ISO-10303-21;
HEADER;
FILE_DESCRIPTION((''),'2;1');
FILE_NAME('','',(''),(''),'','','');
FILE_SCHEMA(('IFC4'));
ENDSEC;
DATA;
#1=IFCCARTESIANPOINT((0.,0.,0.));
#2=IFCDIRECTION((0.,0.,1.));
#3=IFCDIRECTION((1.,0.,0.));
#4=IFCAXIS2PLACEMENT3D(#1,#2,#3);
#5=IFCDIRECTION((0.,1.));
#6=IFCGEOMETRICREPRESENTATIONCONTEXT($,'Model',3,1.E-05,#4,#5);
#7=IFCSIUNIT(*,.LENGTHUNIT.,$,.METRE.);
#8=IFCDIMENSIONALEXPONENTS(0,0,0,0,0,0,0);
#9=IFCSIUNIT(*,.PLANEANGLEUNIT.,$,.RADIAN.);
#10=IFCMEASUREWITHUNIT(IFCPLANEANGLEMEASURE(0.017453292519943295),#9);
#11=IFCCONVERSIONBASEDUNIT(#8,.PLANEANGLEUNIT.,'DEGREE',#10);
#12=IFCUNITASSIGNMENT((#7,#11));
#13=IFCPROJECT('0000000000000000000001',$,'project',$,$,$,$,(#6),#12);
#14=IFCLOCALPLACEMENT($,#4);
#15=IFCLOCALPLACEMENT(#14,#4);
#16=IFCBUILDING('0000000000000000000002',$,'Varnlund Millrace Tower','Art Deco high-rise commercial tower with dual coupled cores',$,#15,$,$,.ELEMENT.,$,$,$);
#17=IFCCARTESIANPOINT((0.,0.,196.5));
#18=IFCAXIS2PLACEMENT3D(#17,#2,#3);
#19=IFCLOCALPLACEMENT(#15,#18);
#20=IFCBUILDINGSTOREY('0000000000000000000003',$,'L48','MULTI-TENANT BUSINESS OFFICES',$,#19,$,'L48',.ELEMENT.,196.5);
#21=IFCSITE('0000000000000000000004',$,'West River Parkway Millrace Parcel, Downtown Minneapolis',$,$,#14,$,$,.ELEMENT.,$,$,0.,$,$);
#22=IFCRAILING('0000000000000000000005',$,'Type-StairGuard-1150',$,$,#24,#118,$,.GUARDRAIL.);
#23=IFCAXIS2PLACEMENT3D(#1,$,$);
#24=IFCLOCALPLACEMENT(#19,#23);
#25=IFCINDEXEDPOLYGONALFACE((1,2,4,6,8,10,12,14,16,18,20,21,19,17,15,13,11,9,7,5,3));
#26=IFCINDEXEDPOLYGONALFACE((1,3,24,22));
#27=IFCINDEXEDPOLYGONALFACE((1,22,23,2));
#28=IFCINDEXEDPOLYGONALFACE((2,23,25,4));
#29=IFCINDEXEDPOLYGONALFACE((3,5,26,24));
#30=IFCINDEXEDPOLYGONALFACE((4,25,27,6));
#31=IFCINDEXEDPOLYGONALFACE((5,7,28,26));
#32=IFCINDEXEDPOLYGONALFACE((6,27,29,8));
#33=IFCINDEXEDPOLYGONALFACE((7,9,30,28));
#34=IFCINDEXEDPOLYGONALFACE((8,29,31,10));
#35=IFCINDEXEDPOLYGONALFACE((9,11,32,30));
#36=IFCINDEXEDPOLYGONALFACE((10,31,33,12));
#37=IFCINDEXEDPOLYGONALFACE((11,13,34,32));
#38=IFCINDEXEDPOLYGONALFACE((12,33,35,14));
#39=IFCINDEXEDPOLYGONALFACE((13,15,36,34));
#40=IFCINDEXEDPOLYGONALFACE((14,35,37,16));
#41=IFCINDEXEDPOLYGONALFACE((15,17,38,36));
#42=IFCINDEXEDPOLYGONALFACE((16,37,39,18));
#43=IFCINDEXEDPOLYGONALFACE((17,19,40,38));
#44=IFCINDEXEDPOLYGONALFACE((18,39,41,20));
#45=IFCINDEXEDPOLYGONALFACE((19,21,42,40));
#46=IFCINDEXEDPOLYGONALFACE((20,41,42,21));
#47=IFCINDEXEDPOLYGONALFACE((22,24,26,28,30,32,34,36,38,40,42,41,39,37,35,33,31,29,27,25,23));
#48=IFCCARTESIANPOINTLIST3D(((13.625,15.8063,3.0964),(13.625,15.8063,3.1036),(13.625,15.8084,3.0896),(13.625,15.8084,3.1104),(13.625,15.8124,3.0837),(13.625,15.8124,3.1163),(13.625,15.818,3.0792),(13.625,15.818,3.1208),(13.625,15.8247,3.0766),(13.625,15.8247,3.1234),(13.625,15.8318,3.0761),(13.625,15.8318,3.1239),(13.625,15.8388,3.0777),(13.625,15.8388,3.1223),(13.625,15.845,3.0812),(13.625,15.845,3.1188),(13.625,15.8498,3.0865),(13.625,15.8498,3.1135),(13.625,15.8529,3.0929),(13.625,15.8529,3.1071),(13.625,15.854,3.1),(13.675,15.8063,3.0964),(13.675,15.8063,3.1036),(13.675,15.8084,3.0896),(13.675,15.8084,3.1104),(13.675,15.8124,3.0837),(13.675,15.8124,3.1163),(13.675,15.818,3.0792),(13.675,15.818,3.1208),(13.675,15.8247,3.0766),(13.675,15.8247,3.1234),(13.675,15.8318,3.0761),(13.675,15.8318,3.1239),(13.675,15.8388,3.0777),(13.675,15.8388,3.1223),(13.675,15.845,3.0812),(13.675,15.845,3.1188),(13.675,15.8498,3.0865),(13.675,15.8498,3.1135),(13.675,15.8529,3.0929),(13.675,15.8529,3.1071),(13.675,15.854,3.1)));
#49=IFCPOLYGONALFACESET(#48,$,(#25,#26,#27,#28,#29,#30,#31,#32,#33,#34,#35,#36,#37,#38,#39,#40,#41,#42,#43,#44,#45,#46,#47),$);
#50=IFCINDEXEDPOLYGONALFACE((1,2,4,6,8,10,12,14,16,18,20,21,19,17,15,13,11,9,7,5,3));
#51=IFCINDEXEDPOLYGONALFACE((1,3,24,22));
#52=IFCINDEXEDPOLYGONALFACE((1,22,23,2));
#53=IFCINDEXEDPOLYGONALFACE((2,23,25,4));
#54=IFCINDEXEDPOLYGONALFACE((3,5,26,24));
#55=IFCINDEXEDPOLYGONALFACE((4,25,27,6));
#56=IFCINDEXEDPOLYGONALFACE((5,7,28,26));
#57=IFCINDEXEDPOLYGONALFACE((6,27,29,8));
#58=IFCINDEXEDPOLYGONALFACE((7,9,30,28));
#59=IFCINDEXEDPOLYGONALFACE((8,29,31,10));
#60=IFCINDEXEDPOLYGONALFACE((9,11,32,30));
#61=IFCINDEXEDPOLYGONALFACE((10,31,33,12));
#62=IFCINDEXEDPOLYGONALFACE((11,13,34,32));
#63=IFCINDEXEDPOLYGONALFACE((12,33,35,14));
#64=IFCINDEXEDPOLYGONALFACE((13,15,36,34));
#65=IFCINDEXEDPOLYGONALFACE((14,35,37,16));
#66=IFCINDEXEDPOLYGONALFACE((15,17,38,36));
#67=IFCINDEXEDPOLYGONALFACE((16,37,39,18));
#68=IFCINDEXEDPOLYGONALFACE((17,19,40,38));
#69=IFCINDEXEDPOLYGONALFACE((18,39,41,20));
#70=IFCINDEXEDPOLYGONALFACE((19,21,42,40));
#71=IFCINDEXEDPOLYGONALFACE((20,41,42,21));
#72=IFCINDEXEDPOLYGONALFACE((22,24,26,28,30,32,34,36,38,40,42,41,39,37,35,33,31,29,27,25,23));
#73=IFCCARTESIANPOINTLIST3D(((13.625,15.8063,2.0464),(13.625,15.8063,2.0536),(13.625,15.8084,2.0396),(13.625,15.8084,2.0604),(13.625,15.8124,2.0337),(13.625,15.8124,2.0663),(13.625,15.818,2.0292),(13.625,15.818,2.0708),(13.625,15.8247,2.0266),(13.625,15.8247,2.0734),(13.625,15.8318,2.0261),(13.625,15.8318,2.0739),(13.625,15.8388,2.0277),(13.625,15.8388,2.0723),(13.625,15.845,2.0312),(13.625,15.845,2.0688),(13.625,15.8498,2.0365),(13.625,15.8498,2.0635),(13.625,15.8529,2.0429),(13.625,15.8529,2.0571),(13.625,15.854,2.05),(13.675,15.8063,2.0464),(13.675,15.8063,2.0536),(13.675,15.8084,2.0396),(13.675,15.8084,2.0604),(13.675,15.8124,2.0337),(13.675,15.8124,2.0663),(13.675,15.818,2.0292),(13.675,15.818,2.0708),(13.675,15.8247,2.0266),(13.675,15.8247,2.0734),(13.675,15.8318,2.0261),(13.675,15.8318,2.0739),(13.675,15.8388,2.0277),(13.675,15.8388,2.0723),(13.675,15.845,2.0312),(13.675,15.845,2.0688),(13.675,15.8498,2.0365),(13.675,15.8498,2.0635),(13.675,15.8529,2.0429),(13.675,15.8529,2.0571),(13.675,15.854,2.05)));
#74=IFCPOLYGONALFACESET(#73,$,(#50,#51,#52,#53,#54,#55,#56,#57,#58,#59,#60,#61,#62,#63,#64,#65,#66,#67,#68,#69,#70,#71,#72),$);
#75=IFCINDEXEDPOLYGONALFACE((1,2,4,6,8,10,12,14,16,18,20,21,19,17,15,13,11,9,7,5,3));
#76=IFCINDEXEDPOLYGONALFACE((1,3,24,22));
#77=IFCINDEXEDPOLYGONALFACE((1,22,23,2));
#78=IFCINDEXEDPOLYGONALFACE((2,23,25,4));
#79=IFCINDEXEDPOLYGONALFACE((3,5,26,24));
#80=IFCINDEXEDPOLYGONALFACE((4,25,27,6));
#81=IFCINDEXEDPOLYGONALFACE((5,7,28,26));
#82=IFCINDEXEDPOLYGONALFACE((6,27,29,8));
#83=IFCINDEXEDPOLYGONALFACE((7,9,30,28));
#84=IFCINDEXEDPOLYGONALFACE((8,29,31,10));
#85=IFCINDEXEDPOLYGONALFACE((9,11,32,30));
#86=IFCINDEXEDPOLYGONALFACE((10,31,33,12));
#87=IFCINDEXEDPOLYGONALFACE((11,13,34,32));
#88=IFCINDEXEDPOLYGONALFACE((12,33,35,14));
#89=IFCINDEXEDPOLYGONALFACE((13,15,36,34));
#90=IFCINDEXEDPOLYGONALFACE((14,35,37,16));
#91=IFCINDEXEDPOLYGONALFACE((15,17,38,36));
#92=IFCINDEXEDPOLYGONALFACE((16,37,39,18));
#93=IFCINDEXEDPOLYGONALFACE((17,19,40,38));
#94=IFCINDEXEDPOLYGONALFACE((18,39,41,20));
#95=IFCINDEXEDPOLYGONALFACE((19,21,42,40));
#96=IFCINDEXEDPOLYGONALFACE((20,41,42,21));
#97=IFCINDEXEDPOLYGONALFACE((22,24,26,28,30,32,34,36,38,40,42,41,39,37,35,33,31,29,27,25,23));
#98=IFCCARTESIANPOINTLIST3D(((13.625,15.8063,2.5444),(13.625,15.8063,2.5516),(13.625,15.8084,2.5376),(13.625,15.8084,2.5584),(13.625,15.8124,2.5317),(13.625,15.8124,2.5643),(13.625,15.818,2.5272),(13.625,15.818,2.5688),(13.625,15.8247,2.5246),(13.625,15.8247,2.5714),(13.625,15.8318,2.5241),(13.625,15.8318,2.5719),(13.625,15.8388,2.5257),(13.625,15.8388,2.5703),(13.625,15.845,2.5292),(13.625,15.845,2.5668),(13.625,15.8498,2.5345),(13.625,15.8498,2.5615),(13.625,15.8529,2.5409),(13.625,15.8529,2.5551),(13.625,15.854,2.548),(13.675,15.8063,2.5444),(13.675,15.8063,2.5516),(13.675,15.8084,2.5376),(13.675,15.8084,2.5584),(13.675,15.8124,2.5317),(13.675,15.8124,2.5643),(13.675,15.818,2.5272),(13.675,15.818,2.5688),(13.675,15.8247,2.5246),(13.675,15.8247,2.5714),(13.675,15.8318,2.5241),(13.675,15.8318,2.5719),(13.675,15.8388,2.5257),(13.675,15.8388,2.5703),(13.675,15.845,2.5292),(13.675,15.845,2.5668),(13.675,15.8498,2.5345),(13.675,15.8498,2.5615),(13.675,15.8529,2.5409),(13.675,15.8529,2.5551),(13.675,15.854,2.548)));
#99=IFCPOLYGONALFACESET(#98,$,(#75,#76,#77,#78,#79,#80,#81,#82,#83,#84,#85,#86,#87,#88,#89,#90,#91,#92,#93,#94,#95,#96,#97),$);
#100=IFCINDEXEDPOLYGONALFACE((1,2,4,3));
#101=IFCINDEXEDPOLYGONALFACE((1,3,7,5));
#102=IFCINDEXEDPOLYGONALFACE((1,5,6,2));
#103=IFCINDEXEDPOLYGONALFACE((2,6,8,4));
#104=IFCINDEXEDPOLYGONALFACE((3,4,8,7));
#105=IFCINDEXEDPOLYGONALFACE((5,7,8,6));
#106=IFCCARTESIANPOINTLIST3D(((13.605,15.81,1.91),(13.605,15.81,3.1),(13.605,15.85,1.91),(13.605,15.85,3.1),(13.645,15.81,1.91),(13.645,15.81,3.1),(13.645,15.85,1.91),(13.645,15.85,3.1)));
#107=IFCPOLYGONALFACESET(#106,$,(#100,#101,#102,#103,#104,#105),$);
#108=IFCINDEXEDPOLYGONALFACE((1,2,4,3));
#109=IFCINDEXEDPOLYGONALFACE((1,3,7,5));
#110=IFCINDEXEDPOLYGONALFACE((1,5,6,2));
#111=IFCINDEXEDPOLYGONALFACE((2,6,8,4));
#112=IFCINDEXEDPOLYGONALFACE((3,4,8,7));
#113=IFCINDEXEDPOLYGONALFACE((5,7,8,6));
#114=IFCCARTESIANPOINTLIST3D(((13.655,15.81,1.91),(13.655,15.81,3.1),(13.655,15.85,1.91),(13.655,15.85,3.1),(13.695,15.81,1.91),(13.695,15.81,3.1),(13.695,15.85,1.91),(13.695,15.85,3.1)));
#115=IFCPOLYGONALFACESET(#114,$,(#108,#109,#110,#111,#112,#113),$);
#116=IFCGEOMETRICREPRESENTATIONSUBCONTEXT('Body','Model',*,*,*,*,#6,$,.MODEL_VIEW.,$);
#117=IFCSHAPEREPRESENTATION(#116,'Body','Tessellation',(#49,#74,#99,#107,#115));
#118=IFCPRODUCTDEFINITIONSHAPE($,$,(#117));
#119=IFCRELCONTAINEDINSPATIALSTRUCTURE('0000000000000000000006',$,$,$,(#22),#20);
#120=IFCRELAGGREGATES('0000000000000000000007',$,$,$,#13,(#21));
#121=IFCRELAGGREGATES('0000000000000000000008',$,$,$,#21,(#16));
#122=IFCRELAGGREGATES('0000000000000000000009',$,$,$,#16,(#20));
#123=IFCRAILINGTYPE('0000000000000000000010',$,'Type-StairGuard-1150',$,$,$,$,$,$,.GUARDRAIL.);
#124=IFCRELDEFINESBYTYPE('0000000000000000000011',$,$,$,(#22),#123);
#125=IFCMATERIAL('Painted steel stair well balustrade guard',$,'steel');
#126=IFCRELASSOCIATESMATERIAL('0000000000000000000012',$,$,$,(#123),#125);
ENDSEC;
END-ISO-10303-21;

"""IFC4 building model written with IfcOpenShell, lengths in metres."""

from ifc_helpers import new_model, entity, si_unit, converted_unit, direction, frame, origin_with_axes, origin_2d_with_axis, place, context, subcontext, project, spatial, rectangle, circle, extrude, material, type_object, element, save


model = new_model("IFC4")

# Units and contexts
model_context = context("Model", 3, precision=1e-05, world=origin_with_axes(), true_north=direction((0.0, 1.0)))
body_context = subcontext(model_context, "Body", "Model", "MODEL_VIEW")
ifc_project = project(units=[si_unit("LENGTHUNIT", "METRE"), converted_unit("PLANEANGLEUNIT", "DEGREE", entity("IfcPlaneAngleMeasure", 0.017453292519943295), si_unit("PLANEANGLEUNIT", "RADIAN"), dimensions=[0, 0, 0, 0, 0, 0, 0])], contexts=[model_context])

# Site, building, storey
site_placement = place(None, origin_with_axes())
site = spatial("IfcSite", under=ifc_project, at=site_placement, Name="West River Parkway Millrace Parcel, Downtown Minneapolis", CompositionType="ELEMENT", RefElevation=0.0)
building_placement = place(site_placement, origin_with_axes())
building = spatial("IfcBuilding", under=site, at=building_placement, Name="Varnlund Millrace Tower", Description="Art Deco high-rise commercial tower with dual coupled cores", CompositionType="ELEMENT")
storey_placement = place(building_placement, frame((0.0, 0.0, 196.5), z_axis=(0.0, 0.0, 1.0), x_axis=(1.0, 0.0, 0.0)))
storey = spatial("IfcBuildingStorey", under=building, at=storey_placement, Name="L48", Description="MULTI-TENANT BUSINESS OFFICES", LongName="L48", CompositionType="ELEMENT", Elevation=196.5)

# Railing
ifc_material_1 = material(Name="Painted steel stair well balustrade guard", Category="steel")
railing_type_1 = type_object("IfcRailingType", Name="Type-StairGuard-1150", PredefinedType="GUARDRAIL", material=ifc_material_1)
railing_1_placement = place(storey_placement, frame((0.0, 0.0, -196.5), z_axis=(0.0, 0.0, 1.0), x_axis=(1.0, 0.0, 0.0)))
element("IfcRailing", 1, at=railing_1_placement, inside=storey, type_object=railing_type_1, Name="Type-StairGuard-1150", PredefinedType="GUARDRAIL", context=body_context, shape_type="SweptSolid", body=[
    extrude(circle(Radius=0.024, at=origin_2d_with_axis()), frame((13.625, 15.83, 199.6), z_axis=(1.0, 0.0, 0.0), x_axis=(0.0, 1.0, 0.0)), (0.0, 0.0, 1.0), 0.05),
    extrude(circle(Radius=0.024, at=origin_2d_with_axis()), frame((13.625, 15.83, 198.55), z_axis=(1.0, 0.0, 0.0), x_axis=(0.0, 1.0, 0.0)), (0.0, 0.0, 1.0), 0.05),
    extrude(circle(Radius=0.024, at=origin_2d_with_axis()), frame((13.625, 15.83, 199.048), z_axis=(1.0, 0.0, 0.0), x_axis=(0.0, 1.0, 0.0)), (0.0, 0.0, 1.0), 0.05),
    extrude(rectangle(XDim=0.04, YDim=0.04, at=origin_2d_with_axis()), frame((13.625, 15.83, 198.41), z_axis=(0.0, 0.0, 1.0), x_axis=(1.0, 0.0, 0.0)), (0.0, 0.0, 1.0), 1.19),
    extrude(rectangle(XDim=0.04, YDim=0.04, at=origin_2d_with_axis()), frame((13.675, 15.83, 198.41), z_axis=(0.0, 0.0, 1.0), x_axis=(1.0, 0.0, 0.0)), (0.0, 0.0, 1.0), 1.19),
])

save(model, "model.ifc")
